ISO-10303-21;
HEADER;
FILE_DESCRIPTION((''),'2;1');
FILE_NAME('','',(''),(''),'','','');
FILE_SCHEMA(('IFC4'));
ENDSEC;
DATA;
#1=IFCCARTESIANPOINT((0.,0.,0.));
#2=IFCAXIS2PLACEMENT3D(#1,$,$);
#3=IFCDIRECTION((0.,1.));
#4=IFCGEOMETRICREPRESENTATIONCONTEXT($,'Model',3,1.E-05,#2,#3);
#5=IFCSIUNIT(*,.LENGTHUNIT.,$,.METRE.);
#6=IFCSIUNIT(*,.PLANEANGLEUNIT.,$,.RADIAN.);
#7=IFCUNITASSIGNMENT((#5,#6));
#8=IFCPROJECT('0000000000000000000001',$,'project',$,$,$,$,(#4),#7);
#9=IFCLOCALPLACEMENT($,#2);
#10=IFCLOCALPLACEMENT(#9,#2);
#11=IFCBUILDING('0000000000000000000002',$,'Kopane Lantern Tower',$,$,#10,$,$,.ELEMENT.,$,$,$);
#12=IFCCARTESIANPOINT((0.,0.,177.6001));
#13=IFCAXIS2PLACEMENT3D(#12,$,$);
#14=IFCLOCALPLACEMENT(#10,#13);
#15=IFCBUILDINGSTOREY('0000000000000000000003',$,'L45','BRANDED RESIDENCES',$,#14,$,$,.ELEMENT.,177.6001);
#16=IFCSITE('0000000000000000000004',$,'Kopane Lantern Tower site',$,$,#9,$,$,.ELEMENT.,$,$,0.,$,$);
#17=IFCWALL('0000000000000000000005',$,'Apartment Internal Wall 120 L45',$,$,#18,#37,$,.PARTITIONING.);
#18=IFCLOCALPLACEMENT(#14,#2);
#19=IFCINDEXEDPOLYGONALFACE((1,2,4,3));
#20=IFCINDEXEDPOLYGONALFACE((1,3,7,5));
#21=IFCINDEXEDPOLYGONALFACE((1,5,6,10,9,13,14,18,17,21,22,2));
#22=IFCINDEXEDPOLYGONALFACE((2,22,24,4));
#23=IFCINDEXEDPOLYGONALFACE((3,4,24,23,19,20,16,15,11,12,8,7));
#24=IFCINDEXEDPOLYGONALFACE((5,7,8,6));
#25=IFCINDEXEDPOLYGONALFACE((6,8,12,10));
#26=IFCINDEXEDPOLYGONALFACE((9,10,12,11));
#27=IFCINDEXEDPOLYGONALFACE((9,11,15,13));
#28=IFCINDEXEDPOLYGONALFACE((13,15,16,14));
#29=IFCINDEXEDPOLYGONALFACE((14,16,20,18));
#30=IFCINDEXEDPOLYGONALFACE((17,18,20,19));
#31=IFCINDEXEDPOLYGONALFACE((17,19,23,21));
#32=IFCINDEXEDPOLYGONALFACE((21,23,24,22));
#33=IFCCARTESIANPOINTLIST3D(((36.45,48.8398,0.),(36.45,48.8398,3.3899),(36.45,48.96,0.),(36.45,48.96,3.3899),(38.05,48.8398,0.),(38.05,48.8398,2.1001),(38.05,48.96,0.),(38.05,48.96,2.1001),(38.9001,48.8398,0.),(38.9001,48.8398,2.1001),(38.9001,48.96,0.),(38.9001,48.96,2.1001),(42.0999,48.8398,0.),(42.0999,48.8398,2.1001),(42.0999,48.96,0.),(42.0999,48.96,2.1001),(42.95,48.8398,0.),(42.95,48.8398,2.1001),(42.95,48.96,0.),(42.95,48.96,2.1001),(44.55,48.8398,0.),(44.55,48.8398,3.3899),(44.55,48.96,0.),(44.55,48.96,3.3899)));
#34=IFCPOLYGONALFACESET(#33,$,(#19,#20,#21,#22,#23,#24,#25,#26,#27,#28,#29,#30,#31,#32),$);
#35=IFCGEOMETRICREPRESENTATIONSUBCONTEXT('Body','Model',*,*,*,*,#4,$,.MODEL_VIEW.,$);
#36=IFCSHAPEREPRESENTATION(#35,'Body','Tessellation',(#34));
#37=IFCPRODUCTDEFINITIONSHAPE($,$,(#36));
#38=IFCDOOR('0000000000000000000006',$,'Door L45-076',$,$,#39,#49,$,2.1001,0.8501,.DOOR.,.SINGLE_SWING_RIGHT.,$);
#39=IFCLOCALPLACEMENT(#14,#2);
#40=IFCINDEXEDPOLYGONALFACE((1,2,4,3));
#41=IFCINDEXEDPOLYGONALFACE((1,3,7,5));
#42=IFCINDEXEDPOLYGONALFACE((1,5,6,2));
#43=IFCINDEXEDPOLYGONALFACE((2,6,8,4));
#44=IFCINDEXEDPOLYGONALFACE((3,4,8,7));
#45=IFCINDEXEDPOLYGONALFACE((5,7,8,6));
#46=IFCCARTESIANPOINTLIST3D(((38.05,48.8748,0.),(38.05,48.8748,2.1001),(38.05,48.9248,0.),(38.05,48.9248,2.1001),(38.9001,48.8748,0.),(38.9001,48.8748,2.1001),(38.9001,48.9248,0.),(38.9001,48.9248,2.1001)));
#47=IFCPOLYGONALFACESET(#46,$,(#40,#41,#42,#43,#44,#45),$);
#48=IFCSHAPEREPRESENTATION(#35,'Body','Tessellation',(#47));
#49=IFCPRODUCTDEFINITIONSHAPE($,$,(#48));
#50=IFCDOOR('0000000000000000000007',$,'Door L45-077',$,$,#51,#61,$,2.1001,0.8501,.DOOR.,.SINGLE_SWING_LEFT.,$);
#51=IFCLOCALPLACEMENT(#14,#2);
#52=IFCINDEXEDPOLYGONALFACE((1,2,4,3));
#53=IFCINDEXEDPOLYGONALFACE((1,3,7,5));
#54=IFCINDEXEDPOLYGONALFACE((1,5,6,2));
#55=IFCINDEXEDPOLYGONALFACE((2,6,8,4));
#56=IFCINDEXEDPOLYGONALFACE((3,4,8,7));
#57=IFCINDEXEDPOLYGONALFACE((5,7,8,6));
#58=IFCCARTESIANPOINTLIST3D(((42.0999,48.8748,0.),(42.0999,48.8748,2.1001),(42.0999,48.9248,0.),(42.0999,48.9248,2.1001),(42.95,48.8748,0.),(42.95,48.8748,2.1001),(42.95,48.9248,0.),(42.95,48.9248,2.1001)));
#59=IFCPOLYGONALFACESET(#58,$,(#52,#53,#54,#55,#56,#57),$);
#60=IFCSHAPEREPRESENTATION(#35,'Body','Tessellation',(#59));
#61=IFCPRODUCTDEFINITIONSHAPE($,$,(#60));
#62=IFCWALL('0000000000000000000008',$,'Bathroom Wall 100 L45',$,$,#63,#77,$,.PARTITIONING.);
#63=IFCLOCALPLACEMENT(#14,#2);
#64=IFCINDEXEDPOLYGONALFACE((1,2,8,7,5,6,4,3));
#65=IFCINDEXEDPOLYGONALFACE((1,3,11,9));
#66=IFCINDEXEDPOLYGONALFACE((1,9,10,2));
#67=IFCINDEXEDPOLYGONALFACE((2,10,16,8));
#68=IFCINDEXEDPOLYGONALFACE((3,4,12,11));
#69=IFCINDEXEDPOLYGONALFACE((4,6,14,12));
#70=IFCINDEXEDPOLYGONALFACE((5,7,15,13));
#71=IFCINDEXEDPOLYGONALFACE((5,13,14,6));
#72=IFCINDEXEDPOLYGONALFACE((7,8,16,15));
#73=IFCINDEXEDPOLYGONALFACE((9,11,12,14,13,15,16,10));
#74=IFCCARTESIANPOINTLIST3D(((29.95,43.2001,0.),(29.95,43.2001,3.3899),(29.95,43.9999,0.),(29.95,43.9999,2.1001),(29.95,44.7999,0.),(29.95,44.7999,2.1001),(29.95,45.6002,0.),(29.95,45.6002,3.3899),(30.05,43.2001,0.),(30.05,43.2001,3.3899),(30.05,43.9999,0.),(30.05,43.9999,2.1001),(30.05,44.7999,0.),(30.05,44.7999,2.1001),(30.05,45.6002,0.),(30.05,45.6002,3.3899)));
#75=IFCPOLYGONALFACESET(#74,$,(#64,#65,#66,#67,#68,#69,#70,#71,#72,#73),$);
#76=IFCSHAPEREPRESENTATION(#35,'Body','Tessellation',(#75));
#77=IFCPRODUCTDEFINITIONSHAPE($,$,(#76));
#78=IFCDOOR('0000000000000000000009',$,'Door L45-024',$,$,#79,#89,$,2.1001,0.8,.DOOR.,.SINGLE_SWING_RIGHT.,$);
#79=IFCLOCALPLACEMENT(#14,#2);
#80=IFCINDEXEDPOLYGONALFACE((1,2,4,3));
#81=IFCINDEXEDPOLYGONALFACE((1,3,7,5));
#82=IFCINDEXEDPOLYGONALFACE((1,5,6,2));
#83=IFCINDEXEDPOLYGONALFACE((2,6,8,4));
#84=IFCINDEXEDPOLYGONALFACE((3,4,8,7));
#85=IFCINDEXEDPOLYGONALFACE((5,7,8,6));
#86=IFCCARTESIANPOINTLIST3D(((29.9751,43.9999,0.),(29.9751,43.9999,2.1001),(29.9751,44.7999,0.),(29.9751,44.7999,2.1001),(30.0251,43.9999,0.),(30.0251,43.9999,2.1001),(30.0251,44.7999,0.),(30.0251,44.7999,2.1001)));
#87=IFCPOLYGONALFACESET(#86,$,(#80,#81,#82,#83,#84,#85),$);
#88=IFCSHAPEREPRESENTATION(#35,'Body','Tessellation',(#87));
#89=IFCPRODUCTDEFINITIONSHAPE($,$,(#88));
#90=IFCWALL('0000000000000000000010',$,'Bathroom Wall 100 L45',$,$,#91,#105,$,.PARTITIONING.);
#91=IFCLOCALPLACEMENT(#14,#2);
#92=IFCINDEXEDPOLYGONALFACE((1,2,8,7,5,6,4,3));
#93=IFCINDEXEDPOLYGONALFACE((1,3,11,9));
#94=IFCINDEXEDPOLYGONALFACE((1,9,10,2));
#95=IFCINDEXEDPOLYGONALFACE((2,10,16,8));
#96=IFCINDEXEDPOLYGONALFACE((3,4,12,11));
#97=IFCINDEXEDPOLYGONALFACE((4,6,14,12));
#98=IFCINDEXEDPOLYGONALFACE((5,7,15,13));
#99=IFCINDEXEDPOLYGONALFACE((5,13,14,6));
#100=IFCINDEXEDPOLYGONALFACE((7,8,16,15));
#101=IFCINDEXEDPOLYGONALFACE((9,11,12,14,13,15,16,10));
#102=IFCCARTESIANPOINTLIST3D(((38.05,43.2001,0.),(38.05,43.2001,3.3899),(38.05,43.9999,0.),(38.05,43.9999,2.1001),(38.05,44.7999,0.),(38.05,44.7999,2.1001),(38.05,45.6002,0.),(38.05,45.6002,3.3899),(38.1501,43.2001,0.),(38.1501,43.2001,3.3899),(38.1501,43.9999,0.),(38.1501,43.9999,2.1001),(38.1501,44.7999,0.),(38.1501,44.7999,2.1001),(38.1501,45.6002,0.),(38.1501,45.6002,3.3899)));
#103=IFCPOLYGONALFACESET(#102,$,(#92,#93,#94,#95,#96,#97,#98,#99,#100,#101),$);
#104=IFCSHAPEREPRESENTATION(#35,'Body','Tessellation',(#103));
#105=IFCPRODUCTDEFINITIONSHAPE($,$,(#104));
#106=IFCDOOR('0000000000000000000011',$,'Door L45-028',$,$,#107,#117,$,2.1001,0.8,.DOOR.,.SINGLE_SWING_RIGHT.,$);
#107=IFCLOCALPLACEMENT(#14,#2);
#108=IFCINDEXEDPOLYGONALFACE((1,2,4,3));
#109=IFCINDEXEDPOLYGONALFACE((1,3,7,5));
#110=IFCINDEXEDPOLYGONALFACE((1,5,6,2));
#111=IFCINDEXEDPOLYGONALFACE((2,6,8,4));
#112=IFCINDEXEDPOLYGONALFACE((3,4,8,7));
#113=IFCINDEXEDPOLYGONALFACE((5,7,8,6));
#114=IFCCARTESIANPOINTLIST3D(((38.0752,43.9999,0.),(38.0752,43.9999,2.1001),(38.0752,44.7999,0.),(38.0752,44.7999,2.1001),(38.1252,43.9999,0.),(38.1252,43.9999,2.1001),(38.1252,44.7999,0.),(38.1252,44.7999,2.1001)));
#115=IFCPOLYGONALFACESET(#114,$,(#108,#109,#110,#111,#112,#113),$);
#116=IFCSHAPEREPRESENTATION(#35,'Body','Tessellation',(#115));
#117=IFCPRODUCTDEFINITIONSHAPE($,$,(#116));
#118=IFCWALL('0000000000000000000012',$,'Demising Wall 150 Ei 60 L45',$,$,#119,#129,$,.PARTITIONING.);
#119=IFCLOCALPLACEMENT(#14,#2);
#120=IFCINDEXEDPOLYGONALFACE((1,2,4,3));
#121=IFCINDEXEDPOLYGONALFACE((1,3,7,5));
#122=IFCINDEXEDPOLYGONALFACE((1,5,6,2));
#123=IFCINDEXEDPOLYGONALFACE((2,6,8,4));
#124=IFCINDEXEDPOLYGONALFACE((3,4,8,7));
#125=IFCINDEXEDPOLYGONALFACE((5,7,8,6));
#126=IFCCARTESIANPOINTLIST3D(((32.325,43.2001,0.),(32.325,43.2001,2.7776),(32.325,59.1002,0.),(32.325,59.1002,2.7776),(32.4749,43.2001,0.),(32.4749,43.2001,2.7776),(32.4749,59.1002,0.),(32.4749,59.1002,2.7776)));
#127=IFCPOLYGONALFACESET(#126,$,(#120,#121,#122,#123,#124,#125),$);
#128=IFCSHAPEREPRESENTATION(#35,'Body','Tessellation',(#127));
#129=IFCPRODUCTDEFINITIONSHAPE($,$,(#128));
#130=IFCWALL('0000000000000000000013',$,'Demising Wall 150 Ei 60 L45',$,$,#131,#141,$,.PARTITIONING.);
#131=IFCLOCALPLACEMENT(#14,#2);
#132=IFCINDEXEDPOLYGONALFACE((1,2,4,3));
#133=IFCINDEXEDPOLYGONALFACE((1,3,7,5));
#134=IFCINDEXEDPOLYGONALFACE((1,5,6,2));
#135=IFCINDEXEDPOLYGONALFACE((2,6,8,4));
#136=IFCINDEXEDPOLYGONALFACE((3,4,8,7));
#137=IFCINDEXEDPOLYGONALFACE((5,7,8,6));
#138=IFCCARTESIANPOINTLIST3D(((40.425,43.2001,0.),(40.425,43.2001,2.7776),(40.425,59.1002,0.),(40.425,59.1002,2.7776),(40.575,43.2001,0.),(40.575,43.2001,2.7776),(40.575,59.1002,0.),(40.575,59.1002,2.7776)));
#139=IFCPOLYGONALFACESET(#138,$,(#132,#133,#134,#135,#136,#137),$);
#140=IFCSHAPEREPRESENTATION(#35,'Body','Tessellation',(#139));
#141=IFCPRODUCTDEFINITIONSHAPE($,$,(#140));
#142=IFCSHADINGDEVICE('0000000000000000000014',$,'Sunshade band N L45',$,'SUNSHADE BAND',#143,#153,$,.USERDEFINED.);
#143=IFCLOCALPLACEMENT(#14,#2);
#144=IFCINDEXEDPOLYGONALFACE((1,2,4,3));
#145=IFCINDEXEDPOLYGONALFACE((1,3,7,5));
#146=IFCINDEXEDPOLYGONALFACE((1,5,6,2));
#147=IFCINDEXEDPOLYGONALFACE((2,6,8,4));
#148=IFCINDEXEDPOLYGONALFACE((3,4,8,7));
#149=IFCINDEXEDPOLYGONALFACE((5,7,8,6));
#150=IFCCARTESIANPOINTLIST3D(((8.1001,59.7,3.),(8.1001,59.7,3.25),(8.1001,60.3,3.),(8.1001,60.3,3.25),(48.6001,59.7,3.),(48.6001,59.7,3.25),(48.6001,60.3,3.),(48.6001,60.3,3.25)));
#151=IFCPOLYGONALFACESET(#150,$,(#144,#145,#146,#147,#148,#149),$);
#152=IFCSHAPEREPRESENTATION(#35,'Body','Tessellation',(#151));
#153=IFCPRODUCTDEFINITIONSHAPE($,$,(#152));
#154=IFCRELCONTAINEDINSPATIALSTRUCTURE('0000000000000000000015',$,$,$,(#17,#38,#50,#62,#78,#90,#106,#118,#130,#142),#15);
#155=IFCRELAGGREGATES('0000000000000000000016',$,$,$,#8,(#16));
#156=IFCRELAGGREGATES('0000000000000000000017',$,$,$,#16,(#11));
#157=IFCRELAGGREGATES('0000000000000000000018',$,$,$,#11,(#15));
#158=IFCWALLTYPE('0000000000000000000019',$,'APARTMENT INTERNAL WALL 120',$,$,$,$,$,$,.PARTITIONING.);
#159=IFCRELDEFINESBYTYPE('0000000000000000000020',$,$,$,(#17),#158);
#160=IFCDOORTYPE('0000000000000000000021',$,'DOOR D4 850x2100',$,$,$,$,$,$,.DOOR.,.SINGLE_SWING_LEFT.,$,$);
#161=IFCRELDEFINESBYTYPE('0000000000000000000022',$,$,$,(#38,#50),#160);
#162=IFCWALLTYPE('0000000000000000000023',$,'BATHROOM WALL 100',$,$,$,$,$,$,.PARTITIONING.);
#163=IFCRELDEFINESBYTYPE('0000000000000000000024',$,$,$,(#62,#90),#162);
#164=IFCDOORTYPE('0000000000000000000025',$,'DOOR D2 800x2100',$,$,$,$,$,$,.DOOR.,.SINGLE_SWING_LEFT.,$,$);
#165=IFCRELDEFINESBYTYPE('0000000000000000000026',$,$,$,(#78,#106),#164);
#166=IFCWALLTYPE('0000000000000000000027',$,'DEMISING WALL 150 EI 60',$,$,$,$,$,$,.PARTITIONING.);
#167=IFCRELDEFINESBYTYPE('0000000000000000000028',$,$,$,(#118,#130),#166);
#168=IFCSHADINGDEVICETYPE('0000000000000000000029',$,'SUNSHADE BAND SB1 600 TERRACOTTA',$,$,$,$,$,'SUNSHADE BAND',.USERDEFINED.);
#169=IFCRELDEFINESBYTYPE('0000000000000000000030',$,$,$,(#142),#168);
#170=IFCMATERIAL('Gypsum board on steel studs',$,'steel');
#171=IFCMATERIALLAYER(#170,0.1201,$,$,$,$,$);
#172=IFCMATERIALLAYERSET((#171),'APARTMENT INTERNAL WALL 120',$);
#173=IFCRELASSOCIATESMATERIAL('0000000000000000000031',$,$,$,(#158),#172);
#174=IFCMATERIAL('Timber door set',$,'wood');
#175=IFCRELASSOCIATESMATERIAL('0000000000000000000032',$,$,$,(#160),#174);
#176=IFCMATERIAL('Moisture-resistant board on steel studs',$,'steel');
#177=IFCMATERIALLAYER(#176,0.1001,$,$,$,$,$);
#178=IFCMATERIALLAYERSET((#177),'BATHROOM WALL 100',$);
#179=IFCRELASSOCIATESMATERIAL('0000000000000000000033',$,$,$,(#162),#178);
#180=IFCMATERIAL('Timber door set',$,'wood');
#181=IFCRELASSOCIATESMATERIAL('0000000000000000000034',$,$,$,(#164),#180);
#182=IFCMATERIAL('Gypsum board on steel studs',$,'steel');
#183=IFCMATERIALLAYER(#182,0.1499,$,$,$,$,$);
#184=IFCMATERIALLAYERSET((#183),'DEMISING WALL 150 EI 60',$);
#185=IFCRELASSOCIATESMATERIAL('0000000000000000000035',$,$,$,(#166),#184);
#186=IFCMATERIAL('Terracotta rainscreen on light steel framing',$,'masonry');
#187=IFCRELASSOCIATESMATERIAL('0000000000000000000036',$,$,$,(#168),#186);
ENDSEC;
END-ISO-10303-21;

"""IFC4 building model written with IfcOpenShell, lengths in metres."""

from ifc_helpers import new_model, si_unit, direction, frame, frame_2d, origin, origin_2d, place, context, subcontext, project, spatial, rectangle, extrude, material, layer, layer_set, type_object, element, fill, save


model = new_model("IFC4")

# Units and contexts
model_context = context("Model", 3, precision=1e-05, world=origin(), true_north=direction((0.0, 1.0)))
body_context = subcontext(model_context, "Body", "Model", "MODEL_VIEW")
ifc_project = project(units=[si_unit("LENGTHUNIT", "METRE"), si_unit("PLANEANGLEUNIT", "RADIAN")], contexts=[model_context])

# Site, building, storey
site_placement = place(None, origin())
site = spatial("IfcSite", under=ifc_project, at=site_placement, Name="Kopane Lantern Tower site", CompositionType="ELEMENT", RefElevation=0.0)
building_placement = place(site_placement, origin())
building = spatial("IfcBuilding", under=site, at=building_placement, Name="Kopane Lantern Tower", CompositionType="ELEMENT")
storey_placement = place(building_placement, frame((0.0, 0.0, 177.6001)))
storey = spatial("IfcBuildingStorey", under=building, at=storey_placement, Name="L45", Description="BRANDED RESIDENCES", CompositionType="ELEMENT", Elevation=177.6001)

# Shared definitions
ifc_material_1 = material(Name="Gypsum board on steel studs", Category="steel")
ifc_layer_1 = layer(ifc_material_1, 0.1201)
ifc_layer_set_1 = layer_set([ifc_layer_1], Name="APARTMENT INTERNAL WALL 120")
wall_type_1 = type_object("IfcWallType", Name="APARTMENT INTERNAL WALL 120", PredefinedType="PARTITIONING", material=ifc_layer_set_1)

# Wall, openings, doors
wall_1_placement = place(storey_placement, frame((36.45, 48.8999, 0.0), z_axis=(0.0, 0.0, 1.0), x_axis=(1.0, 0.0, 0.0)))
wall_1 = element("IfcWall", 1, at=wall_1_placement, inside=storey, type_object=wall_type_1, Name="Apartment Internal Wall 120 L45", PredefinedType="PARTITIONING", context=body_context, shape_type="SweptSolid", body=[
    extrude(rectangle(XDim=8.1001, YDim=0.1201, at=frame_2d((4.05, 0.0))), origin(), (0.0, 0.0, 1.0), 3.3899),
])
opening_1_placement = place(wall_1_placement, frame((1.6001, 0.0, 0.0)))
opening_1 = element("IfcOpeningElement", 2, at=opening_1_placement, cuts=wall_1, PredefinedType="OPENING", context=body_context, shape_type="SweptSolid", body=[
    extrude(rectangle(XDim=0.8501, YDim=2.1001, at=frame_2d((0.425, 1.05))), frame((0.0, 0.0701, 0.0), z_axis=(0.0, -1.0, 0.0), x_axis=(1.0, 0.0, 0.0)), (0.0, 0.0, 1.0), 0.1401),
])
opening_2_placement = place(wall_1_placement, frame((5.6499, 0.0, 0.0)))
opening_2 = element("IfcOpeningElement", 3, at=opening_2_placement, cuts=wall_1, PredefinedType="OPENING", context=body_context, shape_type="SweptSolid", body=[
    extrude(rectangle(XDim=0.8501, YDim=2.1001, at=frame_2d((0.425, 1.05))), frame((0.0, 0.0701, 0.0), z_axis=(0.0, -1.0, 0.0), x_axis=(1.0, 0.0, 0.0)), (0.0, 0.0, 1.0), 0.1401),
])
ifc_material_2 = material(Name="Timber door set", Category="wood")
door_type_1 = type_object("IfcDoorType", Name="DOOR D4 850x2100", OperationType="SINGLE_SWING_LEFT", PredefinedType="DOOR", material=ifc_material_2)
door_1_placement = place(opening_1_placement, origin())
door_1 = element("IfcDoor", 4, at=door_1_placement, inside=storey, type_object=door_type_1, Name="Door L45-076", OperationType="SINGLE_SWING_RIGHT", OverallHeight=2.1001, OverallWidth=0.8501, PredefinedType="DOOR", context=body_context, shape_type="SweptSolid", body=[
    extrude(rectangle(XDim=0.8501, YDim=2.1001, at=frame_2d((0.425, 1.05))), frame((0.0, 0.0249, 0.0), z_axis=(0.0, -1.0, 0.0), x_axis=(1.0, 0.0, 0.0)), (0.0, 0.0, 1.0), 0.05),
])
fill(opening_1, door_1)
door_2_placement = place(opening_2_placement, origin())
door_2 = element("IfcDoor", 5, at=door_2_placement, inside=storey, type_object=door_type_1, Name="Door L45-077", OperationType="SINGLE_SWING_LEFT", OverallHeight=2.1001, OverallWidth=0.8501, PredefinedType="DOOR", context=body_context, shape_type="SweptSolid", body=[
    extrude(rectangle(XDim=0.8501, YDim=2.1001, at=frame_2d((0.425, 1.05))), frame((0.0, 0.0249, 0.0), z_axis=(0.0, -1.0, 0.0), x_axis=(1.0, 0.0, 0.0)), (0.0, 0.0, 1.0), 0.05),
])
fill(opening_2, door_2)

# Walls, openings, doors
ifc_material_3 = material(Name="Moisture-resistant board on steel studs", Category="steel")
ifc_layer_2 = layer(ifc_material_3, 0.1001)
ifc_layer_set_2 = layer_set([ifc_layer_2], Name="BATHROOM WALL 100")
wall_type_2 = type_object("IfcWallType", Name="BATHROOM WALL 100", PredefinedType="PARTITIONING", material=ifc_layer_set_2)
wall_2_placement = place(storey_placement, frame((30.0, 43.2, 0.0), z_axis=(0.0, 0.0, 1.0), x_axis=(0.0, 1.0, 0.0)))
wall_2 = element("IfcWall", 6, at=wall_2_placement, inside=storey, type_object=wall_type_2, Name="Bathroom Wall 100 L45", PredefinedType="PARTITIONING", context=body_context, shape_type="SweptSolid", body=[
    extrude(rectangle(XDim=2.4001, YDim=0.1001, at=frame_2d((1.2002, 0.0))), origin(), (0.0, 0.0, 1.0), 3.3899),
])
opening_3_placement = place(wall_2_placement, frame((0.8, 0.0, 0.0)))
opening_3 = element("IfcOpeningElement", 7, at=opening_3_placement, cuts=wall_2, PredefinedType="OPENING", context=body_context, shape_type="SweptSolid", body=[
    extrude(rectangle(XDim=0.8, YDim=2.1001, at=frame_2d((0.3999, 1.05))), frame((0.0, 0.0601, 0.0), z_axis=(0.0, -1.0, 0.0), x_axis=(1.0, 0.0, 0.0)), (0.0, 0.0, 1.0), 0.1201),
])
ifc_material_4 = material(Name="Timber door set", Category="wood")
door_type_2 = type_object("IfcDoorType", Name="DOOR D2 800x2100", OperationType="SINGLE_SWING_LEFT", PredefinedType="DOOR", material=ifc_material_4)
door_3_placement = place(opening_3_placement, origin())
door_3 = element("IfcDoor", 8, at=door_3_placement, inside=storey, type_object=door_type_2, Name="Door L45-024", OperationType="SINGLE_SWING_RIGHT", OverallHeight=2.1001, OverallWidth=0.8, PredefinedType="DOOR", context=body_context, shape_type="SweptSolid", body=[
    extrude(rectangle(XDim=0.8, YDim=2.1001, at=frame_2d((0.3999, 1.05))), frame((0.0, 0.0249, 0.0), z_axis=(0.0, -1.0, 0.0), x_axis=(1.0, 0.0, 0.0)), (0.0, 0.0, 1.0), 0.05),
])
fill(opening_3, door_3)
wall_3_placement = place(storey_placement, frame((38.1001, 43.2, 0.0), z_axis=(0.0, 0.0, 1.0), x_axis=(0.0, 1.0, 0.0)))
wall_3 = element("IfcWall", 9, at=wall_3_placement, inside=storey, type_object=wall_type_2, Name="Bathroom Wall 100 L45", PredefinedType="PARTITIONING", context=body_context, shape_type="SweptSolid", body=[
    extrude(rectangle(XDim=2.4001, YDim=0.1001, at=frame_2d((1.2002, 0.0))), origin(), (0.0, 0.0, 1.0), 3.3899),
])
opening_4_placement = place(wall_3_placement, frame((0.8, 0.0, 0.0)))
opening_4 = element("IfcOpeningElement", 10, at=opening_4_placement, cuts=wall_3, PredefinedType="OPENING", context=body_context, shape_type="SweptSolid", body=[
    extrude(rectangle(XDim=0.8, YDim=2.1001, at=frame_2d((0.3999, 1.05))), frame((0.0, 0.0601, 0.0), z_axis=(0.0, -1.0, 0.0), x_axis=(1.0, 0.0, 0.0)), (0.0, 0.0, 1.0), 0.1201),
])
door_4_placement = place(opening_4_placement, origin())
door_4 = element("IfcDoor", 11, at=door_4_placement, inside=storey, type_object=door_type_2, Name="Door L45-028", OperationType="SINGLE_SWING_RIGHT", OverallHeight=2.1001, OverallWidth=0.8, PredefinedType="DOOR", context=body_context, shape_type="SweptSolid", body=[
    extrude(rectangle(XDim=0.8, YDim=2.1001, at=frame_2d((0.3999, 1.05))), frame((0.0, 0.0249, 0.0), z_axis=(0.0, -1.0, 0.0), x_axis=(1.0, 0.0, 0.0)), (0.0, 0.0, 1.0), 0.05),
])
fill(opening_4, door_4)

# Walls
ifc_material_5 = material(Name="Gypsum board on steel studs", Category="steel")
ifc_layer_3 = layer(ifc_material_5, 0.1499)
ifc_layer_set_3 = layer_set([ifc_layer_3], Name="DEMISING WALL 150 EI 60")
wall_type_3 = type_object("IfcWallType", Name="DEMISING WALL 150 EI 60", PredefinedType="PARTITIONING", material=ifc_layer_set_3)
for number, where, z_axis, x_axis, name in (
    (12, (32.3999, 43.2, 0.0), (0.0, 0.0, 1.0), (0.0, 1.0, 0.0), "Demising Wall 150 Ei 60 L45"),
    (13, (40.5, 43.2, 0.0), (0.0, 0.0, 1.0), (0.0, 1.0, 0.0), "Demising Wall 150 Ei 60 L45"),
):
    element("IfcWall", number, at=place(storey_placement, frame(where, z_axis=z_axis, x_axis=x_axis)), inside=storey, type_object=wall_type_3, Name=name, PredefinedType="PARTITIONING", context=body_context, shape_type="SweptSolid", body=[
        extrude(rectangle(XDim=15.9001, YDim=0.1499, at=frame_2d((7.9502, 0.0))), origin(), (0.0, 0.0, 1.0), 2.7776),
    ])

# Shading device
ifc_material_6 = material(Name="Terracotta rainscreen on light steel framing", Category="masonry")
shading_device_type = type_object("IfcShadingDeviceType", Name="SUNSHADE BAND SB1 600 TERRACOTTA", ElementType="SUNSHADE BAND", PredefinedType="USERDEFINED", material=ifc_material_6)
shading_device_placement = place(storey_placement, frame((28.3501, 60.0, 3.0), z_axis=(0.0, 0.0, 1.0), x_axis=(-1.0, 0.0, 0.0)))
element("IfcShadingDevice", 14, at=shading_device_placement, inside=storey, type_object=shading_device_type, Name="Sunshade band N L45", ObjectType="SUNSHADE BAND", PredefinedType="USERDEFINED", context=body_context, shape_type="SweptSolid", body=[
    extrude(rectangle(XDim=40.5, YDim=0.6001, at=origin_2d()), origin(), (0.0, 0.0, 1.0), 0.25),
])

save(model, "model.ifc")
